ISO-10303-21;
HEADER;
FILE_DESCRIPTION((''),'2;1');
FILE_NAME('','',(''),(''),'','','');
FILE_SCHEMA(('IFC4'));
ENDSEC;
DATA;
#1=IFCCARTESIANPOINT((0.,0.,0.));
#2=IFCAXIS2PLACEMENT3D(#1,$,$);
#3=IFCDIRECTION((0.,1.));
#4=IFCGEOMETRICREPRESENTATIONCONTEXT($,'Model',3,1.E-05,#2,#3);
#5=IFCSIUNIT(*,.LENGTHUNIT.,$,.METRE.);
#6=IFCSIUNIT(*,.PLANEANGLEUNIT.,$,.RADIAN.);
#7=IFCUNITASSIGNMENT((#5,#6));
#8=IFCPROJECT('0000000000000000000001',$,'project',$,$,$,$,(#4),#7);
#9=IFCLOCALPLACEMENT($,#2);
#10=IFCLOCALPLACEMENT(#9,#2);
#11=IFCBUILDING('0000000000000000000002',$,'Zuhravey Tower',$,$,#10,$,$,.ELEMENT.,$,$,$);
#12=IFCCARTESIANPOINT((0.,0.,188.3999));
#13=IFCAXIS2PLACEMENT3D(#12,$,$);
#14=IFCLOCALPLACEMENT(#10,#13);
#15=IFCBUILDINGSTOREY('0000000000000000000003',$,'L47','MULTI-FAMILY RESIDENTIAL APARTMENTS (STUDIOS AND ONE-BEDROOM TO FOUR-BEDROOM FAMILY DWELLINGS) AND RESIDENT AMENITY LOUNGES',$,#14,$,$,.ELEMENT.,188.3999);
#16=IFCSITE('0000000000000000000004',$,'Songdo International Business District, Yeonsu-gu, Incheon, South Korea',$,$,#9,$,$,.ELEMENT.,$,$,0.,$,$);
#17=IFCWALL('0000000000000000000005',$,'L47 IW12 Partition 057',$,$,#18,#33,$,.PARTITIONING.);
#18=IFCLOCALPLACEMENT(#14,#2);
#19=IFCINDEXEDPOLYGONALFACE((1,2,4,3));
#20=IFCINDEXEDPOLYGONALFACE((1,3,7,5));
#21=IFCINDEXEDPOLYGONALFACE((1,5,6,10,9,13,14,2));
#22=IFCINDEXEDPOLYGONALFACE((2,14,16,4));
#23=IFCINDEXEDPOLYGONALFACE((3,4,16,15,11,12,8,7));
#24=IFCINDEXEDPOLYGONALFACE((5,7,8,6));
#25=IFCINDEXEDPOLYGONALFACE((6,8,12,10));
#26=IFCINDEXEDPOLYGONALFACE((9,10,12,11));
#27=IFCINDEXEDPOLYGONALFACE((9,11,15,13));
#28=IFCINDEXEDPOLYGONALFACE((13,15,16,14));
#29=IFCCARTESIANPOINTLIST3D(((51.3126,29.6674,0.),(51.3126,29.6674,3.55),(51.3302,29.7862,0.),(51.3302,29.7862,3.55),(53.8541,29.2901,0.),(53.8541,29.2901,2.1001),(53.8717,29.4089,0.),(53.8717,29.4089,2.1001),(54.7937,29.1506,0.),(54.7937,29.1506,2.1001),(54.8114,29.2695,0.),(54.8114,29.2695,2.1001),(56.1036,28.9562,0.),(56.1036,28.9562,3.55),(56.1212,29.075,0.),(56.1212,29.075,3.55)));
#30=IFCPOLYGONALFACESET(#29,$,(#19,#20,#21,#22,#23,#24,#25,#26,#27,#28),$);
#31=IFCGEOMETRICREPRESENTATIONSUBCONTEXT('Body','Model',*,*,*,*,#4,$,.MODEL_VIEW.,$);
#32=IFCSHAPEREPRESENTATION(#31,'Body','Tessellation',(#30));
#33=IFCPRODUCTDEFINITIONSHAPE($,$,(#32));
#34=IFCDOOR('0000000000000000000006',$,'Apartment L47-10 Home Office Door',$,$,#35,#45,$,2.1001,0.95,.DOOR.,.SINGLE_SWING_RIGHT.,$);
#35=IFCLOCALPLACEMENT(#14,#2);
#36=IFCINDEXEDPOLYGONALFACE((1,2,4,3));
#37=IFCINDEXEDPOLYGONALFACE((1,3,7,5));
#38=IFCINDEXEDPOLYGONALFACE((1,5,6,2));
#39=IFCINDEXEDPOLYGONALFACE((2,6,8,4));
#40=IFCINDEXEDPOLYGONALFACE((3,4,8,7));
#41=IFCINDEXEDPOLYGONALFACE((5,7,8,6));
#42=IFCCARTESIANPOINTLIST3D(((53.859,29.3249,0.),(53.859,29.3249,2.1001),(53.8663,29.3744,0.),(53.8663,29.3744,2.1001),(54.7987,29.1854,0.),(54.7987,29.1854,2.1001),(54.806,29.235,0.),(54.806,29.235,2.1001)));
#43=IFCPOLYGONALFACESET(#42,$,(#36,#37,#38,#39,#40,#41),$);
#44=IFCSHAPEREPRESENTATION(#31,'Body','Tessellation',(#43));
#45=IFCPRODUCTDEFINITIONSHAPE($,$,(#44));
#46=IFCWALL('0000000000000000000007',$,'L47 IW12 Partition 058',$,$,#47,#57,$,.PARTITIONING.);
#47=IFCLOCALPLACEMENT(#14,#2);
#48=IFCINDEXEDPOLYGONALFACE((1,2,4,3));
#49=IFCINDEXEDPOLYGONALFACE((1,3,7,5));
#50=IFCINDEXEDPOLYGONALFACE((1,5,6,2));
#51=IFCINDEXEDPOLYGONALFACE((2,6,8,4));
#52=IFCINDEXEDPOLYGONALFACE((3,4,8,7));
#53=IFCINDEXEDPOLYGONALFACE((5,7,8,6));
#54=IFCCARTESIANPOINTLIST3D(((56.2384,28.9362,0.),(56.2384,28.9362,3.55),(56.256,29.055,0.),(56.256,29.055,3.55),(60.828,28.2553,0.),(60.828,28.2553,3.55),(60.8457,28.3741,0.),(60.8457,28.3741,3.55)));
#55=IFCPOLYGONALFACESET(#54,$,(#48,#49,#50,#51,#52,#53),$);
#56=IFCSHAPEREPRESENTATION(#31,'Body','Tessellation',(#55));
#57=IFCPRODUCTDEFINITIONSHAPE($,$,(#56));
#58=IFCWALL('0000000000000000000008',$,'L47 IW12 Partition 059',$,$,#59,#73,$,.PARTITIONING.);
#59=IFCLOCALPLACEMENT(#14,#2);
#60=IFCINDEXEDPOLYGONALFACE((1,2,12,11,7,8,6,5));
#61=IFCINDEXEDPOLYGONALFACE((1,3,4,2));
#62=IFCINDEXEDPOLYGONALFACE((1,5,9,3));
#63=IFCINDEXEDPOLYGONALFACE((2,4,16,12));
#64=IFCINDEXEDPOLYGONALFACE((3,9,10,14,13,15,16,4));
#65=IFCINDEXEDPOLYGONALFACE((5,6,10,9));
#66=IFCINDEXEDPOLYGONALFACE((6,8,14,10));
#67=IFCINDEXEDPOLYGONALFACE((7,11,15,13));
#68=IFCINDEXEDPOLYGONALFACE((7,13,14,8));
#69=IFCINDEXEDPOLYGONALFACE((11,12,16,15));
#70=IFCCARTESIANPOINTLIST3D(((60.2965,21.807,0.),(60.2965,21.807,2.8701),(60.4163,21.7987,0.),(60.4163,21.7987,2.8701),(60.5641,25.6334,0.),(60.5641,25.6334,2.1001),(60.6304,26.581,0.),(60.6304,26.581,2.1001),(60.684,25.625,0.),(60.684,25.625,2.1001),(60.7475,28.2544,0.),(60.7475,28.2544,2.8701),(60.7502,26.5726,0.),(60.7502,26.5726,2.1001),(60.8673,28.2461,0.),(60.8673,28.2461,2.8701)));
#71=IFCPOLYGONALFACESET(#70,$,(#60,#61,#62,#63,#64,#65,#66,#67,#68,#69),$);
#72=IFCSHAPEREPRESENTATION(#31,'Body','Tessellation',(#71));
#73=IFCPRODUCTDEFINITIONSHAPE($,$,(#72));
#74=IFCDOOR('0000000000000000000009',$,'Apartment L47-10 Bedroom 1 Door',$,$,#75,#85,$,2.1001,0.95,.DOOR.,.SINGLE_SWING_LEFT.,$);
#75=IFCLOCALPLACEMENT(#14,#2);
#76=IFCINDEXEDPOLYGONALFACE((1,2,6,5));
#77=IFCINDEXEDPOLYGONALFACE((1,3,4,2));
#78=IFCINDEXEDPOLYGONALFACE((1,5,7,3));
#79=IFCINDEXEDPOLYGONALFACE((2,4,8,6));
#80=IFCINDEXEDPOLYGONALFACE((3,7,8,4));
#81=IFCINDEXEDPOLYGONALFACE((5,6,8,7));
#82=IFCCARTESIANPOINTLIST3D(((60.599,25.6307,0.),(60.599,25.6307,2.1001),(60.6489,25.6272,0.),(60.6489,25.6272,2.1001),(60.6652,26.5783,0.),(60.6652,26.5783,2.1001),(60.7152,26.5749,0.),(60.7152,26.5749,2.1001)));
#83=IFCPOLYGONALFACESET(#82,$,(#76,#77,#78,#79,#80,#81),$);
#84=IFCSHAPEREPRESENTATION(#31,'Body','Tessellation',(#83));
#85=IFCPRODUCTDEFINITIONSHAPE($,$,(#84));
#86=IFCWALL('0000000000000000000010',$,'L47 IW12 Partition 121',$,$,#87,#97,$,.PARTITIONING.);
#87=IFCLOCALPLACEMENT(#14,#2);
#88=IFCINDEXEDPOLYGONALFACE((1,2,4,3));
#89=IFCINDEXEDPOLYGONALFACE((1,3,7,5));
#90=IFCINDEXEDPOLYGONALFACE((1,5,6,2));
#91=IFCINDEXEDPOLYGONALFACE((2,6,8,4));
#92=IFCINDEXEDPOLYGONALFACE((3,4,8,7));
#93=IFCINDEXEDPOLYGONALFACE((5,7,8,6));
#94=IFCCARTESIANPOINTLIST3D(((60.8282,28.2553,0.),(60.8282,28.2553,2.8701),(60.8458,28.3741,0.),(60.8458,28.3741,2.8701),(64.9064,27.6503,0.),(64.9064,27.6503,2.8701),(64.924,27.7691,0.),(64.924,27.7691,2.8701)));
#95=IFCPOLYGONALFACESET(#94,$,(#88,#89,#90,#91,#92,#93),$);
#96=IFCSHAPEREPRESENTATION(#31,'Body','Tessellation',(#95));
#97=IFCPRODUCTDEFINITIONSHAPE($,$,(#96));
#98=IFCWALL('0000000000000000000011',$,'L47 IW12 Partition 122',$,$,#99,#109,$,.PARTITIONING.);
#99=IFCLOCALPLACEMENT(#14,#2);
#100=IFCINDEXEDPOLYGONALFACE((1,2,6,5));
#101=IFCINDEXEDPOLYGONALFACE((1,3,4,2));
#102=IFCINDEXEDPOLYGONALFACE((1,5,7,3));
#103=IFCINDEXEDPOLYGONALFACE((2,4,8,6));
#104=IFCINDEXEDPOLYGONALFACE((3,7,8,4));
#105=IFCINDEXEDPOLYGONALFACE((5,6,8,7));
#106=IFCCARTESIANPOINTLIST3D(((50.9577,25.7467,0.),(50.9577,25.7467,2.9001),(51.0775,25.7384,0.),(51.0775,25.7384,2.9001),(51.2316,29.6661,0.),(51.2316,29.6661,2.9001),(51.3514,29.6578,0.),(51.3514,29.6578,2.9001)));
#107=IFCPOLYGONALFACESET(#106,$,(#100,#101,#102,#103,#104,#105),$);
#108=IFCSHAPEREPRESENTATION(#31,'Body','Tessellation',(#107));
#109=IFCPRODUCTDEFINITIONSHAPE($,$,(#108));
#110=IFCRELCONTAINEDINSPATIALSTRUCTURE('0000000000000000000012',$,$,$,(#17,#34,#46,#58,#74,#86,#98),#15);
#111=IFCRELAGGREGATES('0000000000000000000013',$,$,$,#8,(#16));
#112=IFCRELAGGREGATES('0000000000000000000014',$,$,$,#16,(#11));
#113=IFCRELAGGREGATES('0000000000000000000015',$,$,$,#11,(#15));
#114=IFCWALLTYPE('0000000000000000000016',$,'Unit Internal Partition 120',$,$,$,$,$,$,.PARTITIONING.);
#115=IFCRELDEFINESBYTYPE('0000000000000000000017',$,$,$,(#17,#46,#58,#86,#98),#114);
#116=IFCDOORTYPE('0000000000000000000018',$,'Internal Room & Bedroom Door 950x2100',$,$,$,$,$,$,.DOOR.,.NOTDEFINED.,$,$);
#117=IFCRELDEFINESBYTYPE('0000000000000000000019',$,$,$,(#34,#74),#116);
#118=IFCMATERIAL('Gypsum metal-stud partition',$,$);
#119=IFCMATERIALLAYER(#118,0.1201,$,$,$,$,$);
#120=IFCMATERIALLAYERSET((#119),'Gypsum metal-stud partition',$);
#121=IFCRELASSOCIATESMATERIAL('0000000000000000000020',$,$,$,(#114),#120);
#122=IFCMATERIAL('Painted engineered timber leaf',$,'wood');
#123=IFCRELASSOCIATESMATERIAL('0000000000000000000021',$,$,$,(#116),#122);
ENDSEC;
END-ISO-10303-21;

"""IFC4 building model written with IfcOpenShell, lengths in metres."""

from ifc_helpers import new_model, si_unit, direction, frame, frame_2d, origin, place, context, subcontext, project, spatial, rectangle, extrude, material, layer, layer_set, type_object, element, fill, save


model = new_model("IFC4")

# Units and contexts
model_context = context("Model", 3, precision=1e-05, world=origin(), true_north=direction((0.0, 1.0)))
body_context = subcontext(model_context, "Body", "Model", "MODEL_VIEW")
ifc_project = project(units=[si_unit("LENGTHUNIT", "METRE"), si_unit("PLANEANGLEUNIT", "RADIAN")], contexts=[model_context])

# Site, building, storey
site_placement = place(None, origin())
site = spatial("IfcSite", under=ifc_project, at=site_placement, Name="Songdo International Business District, Yeonsu-gu, Incheon, South Korea", CompositionType="ELEMENT", RefElevation=0.0)
building_placement = place(site_placement, origin())
building = spatial("IfcBuilding", under=site, at=building_placement, Name="Zuhravey Tower", CompositionType="ELEMENT")
storey_placement = place(building_placement, frame((0.0, 0.0, 188.3999)))
storey = spatial("IfcBuildingStorey", under=building, at=storey_placement, Name="L47", Description="MULTI-FAMILY RESIDENTIAL APARTMENTS (STUDIOS AND ONE-BEDROOM TO FOUR-BEDROOM FAMILY DWELLINGS) AND RESIDENT AMENITY LOUNGES", CompositionType="ELEMENT", Elevation=188.3999)

# Shared definitions
ifc_material_1 = material(Name="Gypsum metal-stud partition")
ifc_layer_1 = layer(ifc_material_1, 0.1201)
ifc_layer_set_1 = layer_set([ifc_layer_1], Name="Gypsum metal-stud partition")
wall_type_1 = type_object("IfcWallType", Name="Unit Internal Partition 120", PredefinedType="PARTITIONING", material=ifc_layer_set_1)
ifc_material_2 = material(Name="Painted engineered timber leaf", Category="wood")
door_type_1 = type_object("IfcDoorType", Name="Internal Room & Bedroom Door 950x2100", OperationType="NOTDEFINED", PredefinedType="DOOR", material=ifc_material_2)

# Wall, opening, door
wall_1_placement = place(storey_placement, frame((51.3213, 29.7268, 0.0), z_axis=(0.0, 0.0, 1.0), x_axis=(0.989161, -0.146832, 0.0)))
wall_1 = element("IfcWall", 1, at=wall_1_placement, inside=storey, type_object=wall_type_1, Name="L47 IW12 Partition 057", PredefinedType="PARTITIONING", context=body_context, shape_type="SweptSolid", body=[
    extrude(rectangle(XDim=4.8435, YDim=0.1201, at=frame_2d((2.4219, 0.0))), origin(), (0.0, 0.0, 1.0), 3.55),
])
opening_1_placement = place(wall_1_placement, frame((2.5693, 0.0, 0.0)))
opening_1 = element("IfcOpeningElement", 2, at=opening_1_placement, cuts=wall_1, PredefinedType="OPENING", context=body_context, shape_type="SweptSolid", body=[
    extrude(rectangle(XDim=0.95, YDim=2.1001, at=frame_2d((0.4751, 1.05))), frame((0.0, 0.072, 0.0), z_axis=(0.0, -1.0, 0.0), x_axis=(1.0, 0.0, 0.0)), (0.0, 0.0, 1.0), 0.144),
])
door_1_placement = place(opening_1_placement, frame((0.95, 0.0, 0.0), z_axis=(0.0, 0.0, 1.0), x_axis=(-1.0, 0.0, 0.0)))
door_1 = element("IfcDoor", 3, at=door_1_placement, inside=storey, type_object=door_type_1, Name="Apartment L47-10 Home Office Door", OperationType="SINGLE_SWING_RIGHT", OverallHeight=2.1001, OverallWidth=0.95, PredefinedType="DOOR", context=body_context, shape_type="SweptSolid", body=[
    extrude(rectangle(XDim=0.95, YDim=2.1001, at=frame_2d((0.4751, 1.05))), frame((0.0, 0.0249, 0.0), z_axis=(0.0, -1.0, 0.0), x_axis=(1.0, 0.0, 0.0)), (0.0, 0.0, 1.0), 0.05),
])
fill(opening_1, door_1)

# Wall
wall_2_placement = place(storey_placement, frame((56.2473, 28.9956, 0.0), z_axis=(0.0, 0.0, 1.0), x_axis=(0.989173, -0.146753, 0.0)))
element("IfcWall", 4, at=wall_2_placement, inside=storey, type_object=wall_type_1, Name="L47 IW12 Partition 058", PredefinedType="PARTITIONING", context=body_context, shape_type="SweptSolid", body=[
    extrude(rectangle(XDim=4.6399, YDim=0.1201, at=frame_2d((2.3198, 0.0))), origin(), (0.0, 0.0, 1.0), 3.55),
])

# Wall, opening, door
wall_3_placement = place(storey_placement, frame((60.3564, 21.803, 0.0), z_axis=(0.0, 0.0, 1.0), x_axis=(0.06977, 0.997563, 0.0)))
wall_3 = element("IfcWall", 5, at=wall_3_placement, inside=storey, type_object=wall_type_1, Name="L47 IW12 Partition 059", PredefinedType="PARTITIONING", context=body_context, shape_type="SweptSolid", body=[
    extrude(rectangle(XDim=6.4631, YDim=0.1201, at=frame_2d((3.2314, 0.0))), origin(), (0.0, 0.0, 1.0), 2.8701),
])
opening_2_placement = place(wall_3_placement, frame((3.8354, 0.0, 0.0)))
opening_2 = element("IfcOpeningElement", 6, at=opening_2_placement, cuts=wall_3, PredefinedType="OPENING", context=body_context, shape_type="SweptSolid", body=[
    extrude(rectangle(XDim=0.95, YDim=2.1001, at=frame_2d((0.4751, 1.05))), frame((0.0, 0.072, 0.0), z_axis=(0.0, -1.0, 0.0), x_axis=(1.0, 0.0, 0.0)), (0.0, 0.0, 1.0), 0.144),
])
door_2_placement = place(opening_2_placement, frame((0.95, 0.0, 0.0), z_axis=(0.0, 0.0, 1.0), x_axis=(-1.0, 0.0, 0.0)))
door_2 = element("IfcDoor", 7, at=door_2_placement, inside=storey, type_object=door_type_1, Name="Apartment L47-10 Bedroom 1 Door", OperationType="SINGLE_SWING_LEFT", OverallHeight=2.1001, OverallWidth=0.95, PredefinedType="DOOR", context=body_context, shape_type="SweptSolid", body=[
    extrude(rectangle(XDim=0.95, YDim=2.1001, at=frame_2d((0.4751, 1.05))), frame((0.0, 0.0249, 0.0), z_axis=(0.0, -1.0, 0.0), x_axis=(1.0, 0.0, 0.0)), (0.0, 0.0, 1.0), 0.05),
])
fill(opening_2, door_2)

# Walls
wall_4_placement = place(storey_placement, frame((60.8369, 28.3147, 0.0), z_axis=(0.0, 0.0, 1.0), x_axis=(0.989175, -0.146742, 0.0)))
element("IfcWall", 8, at=wall_4_placement, inside=storey, type_object=wall_type_1, Name="L47 IW12 Partition 121", PredefinedType="PARTITIONING", context=body_context, shape_type="SweptSolid", body=[
    extrude(rectangle(XDim=4.1228, YDim=0.1201, at=frame_2d((2.0615, 0.0))), origin(), (0.0, 0.0, 1.0), 2.8701),
])
wall_5_placement = place(storey_placement, frame((51.0176, 25.7427, 0.0), z_axis=(0.0, 0.0, 1.0), x_axis=(0.069719, 0.997567, 0.0)))
element("IfcWall", 9, at=wall_5_placement, inside=storey, type_object=wall_type_1, Name="L47 IW12 Partition 122", PredefinedType="PARTITIONING", context=body_context, shape_type="SweptSolid", body=[
    extrude(rectangle(XDim=3.929, YDim=0.1201, at=frame_2d((1.9644, 0.0))), origin(), (0.0, 0.0, 1.0), 2.9001),
])

save(model, "model.ifc")
